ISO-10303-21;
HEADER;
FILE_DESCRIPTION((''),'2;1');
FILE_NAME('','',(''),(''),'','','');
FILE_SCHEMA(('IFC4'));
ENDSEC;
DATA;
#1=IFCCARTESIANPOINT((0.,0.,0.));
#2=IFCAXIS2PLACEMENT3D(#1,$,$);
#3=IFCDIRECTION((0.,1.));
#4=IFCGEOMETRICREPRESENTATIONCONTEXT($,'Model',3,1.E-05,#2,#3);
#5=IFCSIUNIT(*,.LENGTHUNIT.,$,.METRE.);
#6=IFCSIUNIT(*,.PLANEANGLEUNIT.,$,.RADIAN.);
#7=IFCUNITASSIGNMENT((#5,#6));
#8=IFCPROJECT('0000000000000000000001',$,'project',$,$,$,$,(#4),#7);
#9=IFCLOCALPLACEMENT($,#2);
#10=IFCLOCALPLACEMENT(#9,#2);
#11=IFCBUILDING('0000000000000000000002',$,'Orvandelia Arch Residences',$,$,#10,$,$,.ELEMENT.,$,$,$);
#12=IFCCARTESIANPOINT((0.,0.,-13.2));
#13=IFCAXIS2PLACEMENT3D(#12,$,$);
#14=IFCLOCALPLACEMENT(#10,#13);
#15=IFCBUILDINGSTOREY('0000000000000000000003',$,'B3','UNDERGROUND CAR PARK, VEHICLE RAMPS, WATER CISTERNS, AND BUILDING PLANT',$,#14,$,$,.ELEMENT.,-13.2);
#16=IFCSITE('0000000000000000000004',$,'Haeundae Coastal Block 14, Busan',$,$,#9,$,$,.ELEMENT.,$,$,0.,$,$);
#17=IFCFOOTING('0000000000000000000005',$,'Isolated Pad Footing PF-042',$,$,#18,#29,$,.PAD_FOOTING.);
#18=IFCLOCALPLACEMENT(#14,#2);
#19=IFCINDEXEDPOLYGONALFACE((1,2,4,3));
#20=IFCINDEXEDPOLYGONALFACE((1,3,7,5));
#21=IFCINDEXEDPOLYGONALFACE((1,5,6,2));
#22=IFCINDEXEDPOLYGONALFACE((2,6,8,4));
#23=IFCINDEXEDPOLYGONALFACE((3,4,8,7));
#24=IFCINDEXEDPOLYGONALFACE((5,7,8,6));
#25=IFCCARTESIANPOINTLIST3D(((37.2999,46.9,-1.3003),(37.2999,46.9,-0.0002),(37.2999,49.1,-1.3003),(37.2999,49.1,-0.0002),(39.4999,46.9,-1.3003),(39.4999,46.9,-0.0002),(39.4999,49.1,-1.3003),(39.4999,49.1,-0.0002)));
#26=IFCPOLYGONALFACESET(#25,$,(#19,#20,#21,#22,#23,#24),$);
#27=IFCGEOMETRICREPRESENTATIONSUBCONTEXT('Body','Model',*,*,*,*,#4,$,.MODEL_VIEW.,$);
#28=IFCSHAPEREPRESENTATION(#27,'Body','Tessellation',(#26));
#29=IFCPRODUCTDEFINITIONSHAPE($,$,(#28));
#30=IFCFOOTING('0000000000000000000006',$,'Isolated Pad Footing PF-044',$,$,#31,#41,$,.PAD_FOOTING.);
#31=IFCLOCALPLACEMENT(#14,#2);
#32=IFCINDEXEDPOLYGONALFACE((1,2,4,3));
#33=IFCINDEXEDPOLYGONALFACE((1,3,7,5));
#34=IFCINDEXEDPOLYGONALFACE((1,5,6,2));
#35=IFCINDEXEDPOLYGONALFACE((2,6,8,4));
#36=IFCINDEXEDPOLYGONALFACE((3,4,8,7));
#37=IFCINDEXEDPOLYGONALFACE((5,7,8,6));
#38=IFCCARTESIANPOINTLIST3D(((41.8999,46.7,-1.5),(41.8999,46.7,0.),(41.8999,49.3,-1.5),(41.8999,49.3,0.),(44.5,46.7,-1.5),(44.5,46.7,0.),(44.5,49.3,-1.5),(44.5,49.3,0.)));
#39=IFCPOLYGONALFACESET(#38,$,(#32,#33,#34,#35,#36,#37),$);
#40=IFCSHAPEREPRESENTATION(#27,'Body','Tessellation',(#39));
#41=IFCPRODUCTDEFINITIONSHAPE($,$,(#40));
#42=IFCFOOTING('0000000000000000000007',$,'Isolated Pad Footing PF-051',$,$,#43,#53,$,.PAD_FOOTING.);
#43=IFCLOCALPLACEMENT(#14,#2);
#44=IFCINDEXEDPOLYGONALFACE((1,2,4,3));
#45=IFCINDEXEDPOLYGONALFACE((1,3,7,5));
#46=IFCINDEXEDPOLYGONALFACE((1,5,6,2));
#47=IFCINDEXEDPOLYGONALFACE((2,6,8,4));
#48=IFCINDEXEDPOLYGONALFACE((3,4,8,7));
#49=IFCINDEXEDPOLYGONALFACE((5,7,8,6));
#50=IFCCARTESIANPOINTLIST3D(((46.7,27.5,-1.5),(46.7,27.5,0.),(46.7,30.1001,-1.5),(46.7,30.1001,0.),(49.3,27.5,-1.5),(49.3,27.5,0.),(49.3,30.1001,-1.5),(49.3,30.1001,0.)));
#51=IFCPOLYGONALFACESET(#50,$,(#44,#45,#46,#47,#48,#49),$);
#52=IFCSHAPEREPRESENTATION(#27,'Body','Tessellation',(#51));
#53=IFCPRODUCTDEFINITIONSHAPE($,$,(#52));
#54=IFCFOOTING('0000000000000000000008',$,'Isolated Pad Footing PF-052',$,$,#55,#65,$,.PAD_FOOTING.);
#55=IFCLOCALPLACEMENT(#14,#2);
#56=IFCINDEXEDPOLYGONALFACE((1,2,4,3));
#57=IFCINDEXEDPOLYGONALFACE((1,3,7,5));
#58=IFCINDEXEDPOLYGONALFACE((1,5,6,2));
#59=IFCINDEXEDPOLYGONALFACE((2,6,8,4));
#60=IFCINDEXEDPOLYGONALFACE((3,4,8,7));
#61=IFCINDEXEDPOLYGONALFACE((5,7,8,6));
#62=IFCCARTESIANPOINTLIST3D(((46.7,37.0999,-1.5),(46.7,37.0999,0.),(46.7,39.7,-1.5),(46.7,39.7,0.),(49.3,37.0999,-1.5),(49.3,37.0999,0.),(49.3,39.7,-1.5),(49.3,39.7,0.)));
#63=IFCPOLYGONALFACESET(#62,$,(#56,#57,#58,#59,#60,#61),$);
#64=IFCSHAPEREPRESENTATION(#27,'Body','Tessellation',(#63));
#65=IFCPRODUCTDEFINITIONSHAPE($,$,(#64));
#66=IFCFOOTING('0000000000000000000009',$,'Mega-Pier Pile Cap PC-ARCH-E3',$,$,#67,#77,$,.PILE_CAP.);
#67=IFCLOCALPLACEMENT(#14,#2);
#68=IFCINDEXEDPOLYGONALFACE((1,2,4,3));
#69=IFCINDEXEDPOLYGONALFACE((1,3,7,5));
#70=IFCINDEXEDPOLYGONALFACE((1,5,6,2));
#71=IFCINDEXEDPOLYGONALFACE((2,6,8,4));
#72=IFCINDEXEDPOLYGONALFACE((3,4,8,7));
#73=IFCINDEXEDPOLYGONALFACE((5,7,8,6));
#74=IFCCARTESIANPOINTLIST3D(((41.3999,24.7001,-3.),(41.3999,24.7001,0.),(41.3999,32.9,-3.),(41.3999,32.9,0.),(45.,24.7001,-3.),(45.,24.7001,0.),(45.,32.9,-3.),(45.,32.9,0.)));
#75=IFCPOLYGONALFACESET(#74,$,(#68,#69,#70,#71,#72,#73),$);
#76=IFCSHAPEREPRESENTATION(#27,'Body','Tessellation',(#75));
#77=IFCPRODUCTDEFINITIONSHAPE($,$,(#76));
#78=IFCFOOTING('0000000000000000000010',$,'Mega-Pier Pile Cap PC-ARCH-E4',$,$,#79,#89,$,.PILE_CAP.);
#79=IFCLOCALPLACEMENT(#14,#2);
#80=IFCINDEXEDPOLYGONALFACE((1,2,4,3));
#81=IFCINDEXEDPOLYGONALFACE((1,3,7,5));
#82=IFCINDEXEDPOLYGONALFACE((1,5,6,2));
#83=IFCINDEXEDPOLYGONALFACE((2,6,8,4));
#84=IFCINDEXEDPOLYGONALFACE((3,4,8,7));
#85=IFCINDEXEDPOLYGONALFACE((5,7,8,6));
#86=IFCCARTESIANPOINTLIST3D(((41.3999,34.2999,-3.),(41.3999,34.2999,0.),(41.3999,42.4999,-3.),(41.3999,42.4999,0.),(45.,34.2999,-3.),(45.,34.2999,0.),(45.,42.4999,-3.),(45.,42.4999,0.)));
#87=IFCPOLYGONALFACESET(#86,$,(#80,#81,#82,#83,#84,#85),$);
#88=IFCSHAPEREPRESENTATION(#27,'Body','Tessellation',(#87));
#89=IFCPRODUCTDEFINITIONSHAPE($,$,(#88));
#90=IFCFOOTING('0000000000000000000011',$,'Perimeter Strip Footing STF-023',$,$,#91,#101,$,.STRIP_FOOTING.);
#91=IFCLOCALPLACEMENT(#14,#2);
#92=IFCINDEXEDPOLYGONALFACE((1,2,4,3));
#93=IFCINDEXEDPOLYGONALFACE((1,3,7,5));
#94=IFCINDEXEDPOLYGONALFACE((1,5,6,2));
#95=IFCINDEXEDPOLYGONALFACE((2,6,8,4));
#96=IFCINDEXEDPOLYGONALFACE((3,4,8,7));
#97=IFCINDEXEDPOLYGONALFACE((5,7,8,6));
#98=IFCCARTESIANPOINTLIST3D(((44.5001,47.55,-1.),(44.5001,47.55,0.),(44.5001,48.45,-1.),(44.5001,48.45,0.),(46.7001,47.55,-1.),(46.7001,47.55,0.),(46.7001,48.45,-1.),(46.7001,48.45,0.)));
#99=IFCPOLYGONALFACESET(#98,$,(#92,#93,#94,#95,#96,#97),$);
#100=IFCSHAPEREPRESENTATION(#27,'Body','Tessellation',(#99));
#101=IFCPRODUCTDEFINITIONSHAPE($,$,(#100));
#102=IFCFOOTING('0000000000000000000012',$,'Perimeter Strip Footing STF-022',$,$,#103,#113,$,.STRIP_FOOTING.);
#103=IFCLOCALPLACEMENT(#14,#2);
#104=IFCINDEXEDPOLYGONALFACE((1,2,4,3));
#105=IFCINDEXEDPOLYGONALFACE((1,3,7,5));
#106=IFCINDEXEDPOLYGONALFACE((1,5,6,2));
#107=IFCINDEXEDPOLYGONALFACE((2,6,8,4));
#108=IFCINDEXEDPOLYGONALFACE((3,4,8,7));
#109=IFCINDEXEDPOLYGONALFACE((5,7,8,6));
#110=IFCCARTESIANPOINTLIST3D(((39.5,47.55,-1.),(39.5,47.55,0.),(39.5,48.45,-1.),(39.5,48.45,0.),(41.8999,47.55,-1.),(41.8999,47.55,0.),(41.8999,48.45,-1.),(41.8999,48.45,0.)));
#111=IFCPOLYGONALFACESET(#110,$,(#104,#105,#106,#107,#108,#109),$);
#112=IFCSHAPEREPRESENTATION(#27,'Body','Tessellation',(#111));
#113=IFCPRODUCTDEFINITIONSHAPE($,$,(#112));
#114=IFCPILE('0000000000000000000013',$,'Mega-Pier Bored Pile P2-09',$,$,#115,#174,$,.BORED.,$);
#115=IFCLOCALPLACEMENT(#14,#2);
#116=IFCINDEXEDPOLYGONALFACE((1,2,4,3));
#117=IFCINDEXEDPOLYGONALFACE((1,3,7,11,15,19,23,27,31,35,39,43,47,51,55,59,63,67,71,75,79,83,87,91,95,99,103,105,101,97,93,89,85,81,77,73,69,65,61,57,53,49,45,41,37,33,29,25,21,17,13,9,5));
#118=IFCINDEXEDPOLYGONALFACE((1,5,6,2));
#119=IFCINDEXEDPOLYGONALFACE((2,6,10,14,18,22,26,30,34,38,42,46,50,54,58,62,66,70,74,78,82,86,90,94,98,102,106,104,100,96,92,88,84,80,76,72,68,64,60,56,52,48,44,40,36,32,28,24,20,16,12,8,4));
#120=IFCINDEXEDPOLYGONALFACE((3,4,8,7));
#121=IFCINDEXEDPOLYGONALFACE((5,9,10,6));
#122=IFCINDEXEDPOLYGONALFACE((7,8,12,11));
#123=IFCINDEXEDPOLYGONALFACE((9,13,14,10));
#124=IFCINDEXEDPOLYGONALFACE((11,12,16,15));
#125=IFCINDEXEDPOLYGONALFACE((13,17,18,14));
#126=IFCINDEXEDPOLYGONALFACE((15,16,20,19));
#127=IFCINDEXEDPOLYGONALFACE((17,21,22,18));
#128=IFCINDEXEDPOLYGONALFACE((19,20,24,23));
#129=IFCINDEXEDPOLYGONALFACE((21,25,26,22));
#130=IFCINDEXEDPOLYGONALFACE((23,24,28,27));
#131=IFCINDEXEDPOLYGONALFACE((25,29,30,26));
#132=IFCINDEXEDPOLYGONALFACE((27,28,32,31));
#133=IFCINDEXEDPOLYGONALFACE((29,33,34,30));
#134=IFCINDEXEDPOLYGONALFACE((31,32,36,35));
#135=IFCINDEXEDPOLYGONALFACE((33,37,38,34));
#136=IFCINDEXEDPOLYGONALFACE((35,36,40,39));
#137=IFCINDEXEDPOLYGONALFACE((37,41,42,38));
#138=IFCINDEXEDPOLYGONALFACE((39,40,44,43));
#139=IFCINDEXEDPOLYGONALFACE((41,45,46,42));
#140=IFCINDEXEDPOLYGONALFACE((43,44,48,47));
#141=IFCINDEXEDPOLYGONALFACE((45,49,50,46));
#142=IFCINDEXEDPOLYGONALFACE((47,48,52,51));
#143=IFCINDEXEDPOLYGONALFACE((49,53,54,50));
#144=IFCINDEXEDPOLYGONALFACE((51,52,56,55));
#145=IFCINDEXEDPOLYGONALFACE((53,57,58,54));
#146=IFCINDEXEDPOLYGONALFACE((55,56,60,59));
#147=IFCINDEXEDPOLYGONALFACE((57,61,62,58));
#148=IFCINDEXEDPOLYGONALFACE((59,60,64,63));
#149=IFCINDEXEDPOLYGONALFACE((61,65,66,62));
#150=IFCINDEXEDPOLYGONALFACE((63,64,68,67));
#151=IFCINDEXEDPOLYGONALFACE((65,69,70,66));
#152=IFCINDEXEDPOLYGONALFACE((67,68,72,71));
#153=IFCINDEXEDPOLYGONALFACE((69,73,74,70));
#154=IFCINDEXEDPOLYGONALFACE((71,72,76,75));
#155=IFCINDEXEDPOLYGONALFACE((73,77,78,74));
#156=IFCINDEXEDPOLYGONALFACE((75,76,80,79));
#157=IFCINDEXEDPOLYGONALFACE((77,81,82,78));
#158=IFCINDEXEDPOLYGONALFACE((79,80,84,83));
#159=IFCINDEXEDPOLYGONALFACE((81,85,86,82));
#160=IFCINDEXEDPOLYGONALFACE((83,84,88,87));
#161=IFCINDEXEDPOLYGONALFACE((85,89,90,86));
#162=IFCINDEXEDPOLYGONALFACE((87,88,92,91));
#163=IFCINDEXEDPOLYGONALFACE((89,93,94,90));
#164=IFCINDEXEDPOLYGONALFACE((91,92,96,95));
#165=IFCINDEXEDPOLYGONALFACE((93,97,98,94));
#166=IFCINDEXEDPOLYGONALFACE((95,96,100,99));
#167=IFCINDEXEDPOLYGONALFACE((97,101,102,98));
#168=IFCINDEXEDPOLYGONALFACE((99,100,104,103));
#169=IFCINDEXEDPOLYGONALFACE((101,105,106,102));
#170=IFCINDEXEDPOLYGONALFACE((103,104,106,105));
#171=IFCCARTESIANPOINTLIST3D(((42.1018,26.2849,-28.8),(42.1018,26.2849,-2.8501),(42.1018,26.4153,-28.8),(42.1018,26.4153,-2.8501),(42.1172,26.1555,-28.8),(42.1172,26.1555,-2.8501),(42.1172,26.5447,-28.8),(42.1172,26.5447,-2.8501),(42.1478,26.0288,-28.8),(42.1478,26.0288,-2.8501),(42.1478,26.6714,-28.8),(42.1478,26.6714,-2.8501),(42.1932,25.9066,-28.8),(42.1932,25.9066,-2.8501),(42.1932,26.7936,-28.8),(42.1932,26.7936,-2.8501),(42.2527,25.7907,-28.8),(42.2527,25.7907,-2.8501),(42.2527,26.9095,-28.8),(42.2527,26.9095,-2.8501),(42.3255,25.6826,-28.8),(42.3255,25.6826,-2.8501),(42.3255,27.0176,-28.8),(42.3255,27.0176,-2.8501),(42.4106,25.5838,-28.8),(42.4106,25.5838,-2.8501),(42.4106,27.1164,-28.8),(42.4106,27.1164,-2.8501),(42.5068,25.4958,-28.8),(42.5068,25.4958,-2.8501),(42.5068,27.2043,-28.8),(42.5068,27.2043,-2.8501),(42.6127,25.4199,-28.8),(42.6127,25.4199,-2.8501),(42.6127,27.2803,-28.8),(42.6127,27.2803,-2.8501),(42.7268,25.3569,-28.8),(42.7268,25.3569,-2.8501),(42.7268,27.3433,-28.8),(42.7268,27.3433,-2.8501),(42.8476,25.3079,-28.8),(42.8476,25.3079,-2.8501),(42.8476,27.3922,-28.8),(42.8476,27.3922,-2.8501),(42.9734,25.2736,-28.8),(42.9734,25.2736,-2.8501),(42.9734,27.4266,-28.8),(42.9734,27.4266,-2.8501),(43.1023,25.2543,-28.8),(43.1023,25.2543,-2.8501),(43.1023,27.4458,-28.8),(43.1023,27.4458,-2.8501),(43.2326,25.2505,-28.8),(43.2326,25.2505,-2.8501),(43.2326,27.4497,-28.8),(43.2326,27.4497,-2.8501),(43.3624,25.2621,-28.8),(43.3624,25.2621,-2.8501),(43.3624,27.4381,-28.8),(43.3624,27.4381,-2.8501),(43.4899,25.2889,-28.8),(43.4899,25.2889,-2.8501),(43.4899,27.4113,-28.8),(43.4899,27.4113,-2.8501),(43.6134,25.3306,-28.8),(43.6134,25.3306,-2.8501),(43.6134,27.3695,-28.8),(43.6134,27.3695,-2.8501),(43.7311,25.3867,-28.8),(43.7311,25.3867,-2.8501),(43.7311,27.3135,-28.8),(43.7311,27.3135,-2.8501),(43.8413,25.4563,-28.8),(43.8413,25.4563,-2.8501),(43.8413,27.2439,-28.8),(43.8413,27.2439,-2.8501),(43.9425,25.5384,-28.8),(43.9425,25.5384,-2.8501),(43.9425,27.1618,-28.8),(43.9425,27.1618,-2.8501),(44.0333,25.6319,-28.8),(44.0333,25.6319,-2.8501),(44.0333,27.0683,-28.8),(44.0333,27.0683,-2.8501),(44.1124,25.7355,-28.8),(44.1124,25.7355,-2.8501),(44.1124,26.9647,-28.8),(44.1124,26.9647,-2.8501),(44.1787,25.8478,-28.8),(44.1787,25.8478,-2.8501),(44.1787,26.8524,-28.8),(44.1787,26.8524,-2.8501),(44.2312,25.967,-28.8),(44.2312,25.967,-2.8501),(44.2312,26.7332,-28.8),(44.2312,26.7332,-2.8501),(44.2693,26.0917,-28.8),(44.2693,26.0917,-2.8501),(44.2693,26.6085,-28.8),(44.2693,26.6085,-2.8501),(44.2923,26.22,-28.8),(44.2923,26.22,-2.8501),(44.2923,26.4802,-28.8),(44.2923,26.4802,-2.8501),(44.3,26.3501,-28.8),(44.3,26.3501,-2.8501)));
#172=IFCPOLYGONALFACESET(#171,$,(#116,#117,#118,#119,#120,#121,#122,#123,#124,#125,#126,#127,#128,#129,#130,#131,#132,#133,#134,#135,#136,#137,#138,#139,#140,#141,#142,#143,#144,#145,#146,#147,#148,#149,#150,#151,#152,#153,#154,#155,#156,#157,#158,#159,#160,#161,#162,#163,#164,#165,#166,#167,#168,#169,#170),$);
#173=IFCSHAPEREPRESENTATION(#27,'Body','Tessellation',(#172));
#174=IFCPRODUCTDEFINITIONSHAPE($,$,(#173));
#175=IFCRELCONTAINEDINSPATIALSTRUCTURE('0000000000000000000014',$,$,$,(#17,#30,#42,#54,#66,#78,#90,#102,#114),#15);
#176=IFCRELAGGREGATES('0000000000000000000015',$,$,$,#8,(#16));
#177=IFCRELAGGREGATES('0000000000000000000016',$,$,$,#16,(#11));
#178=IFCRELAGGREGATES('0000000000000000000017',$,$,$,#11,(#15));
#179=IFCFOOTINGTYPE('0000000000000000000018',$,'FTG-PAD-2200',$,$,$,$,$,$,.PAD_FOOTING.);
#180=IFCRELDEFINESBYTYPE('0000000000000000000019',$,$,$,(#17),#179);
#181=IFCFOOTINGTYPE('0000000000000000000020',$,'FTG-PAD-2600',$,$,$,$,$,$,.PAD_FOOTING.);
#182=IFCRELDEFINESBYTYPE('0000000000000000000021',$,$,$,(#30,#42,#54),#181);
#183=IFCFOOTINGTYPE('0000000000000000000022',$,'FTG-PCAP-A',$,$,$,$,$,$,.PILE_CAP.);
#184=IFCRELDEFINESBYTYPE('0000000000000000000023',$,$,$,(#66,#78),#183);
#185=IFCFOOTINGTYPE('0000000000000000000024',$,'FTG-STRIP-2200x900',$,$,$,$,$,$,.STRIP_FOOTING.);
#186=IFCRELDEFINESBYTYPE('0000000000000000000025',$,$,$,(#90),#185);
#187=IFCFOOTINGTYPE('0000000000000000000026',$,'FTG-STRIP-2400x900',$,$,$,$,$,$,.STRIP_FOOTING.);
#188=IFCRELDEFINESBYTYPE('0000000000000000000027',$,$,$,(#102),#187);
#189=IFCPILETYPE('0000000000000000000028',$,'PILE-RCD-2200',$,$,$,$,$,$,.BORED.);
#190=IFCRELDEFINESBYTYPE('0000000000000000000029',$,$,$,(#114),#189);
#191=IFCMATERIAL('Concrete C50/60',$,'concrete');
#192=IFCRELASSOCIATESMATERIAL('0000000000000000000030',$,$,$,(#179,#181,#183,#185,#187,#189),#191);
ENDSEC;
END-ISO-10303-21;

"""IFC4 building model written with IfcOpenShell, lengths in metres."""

from ifc_helpers import new_model, si_unit, direction, frame, origin, origin_2d, place, context, subcontext, project, spatial, rectangle, circle, extrude, material, material_profile, profile_set, type_object, element, save


model = new_model("IFC4")

# Units and contexts
model_context = context("Model", 3, precision=1e-05, world=origin(), true_north=direction((0.0, 1.0)))
body_context = subcontext(model_context, "Body", "Model", "MODEL_VIEW")
ifc_project = project(units=[si_unit("LENGTHUNIT", "METRE"), si_unit("PLANEANGLEUNIT", "RADIAN")], contexts=[model_context])

# Site, building, storey
site_placement = place(None, origin())
site = spatial("IfcSite", under=ifc_project, at=site_placement, Name="Haeundae Coastal Block 14, Busan", CompositionType="ELEMENT", RefElevation=0.0)
building_placement = place(site_placement, origin())
building = spatial("IfcBuilding", under=site, at=building_placement, Name="Orvandelia Arch Residences", CompositionType="ELEMENT")
storey_placement = place(building_placement, frame((0.0, 0.0, -13.2)))
storey = spatial("IfcBuildingStorey", under=building, at=storey_placement, Name="B3", Description="UNDERGROUND CAR PARK, VEHICLE RAMPS, WATER CISTERNS, AND BUILDING PLANT", CompositionType="ELEMENT", Elevation=-13.2)

# Footings
ifc_material_1 = material(Name="Concrete C50/60", Category="concrete")
footing_type_1 = type_object("IfcFootingType", Name="FTG-PAD-2200", PredefinedType="PAD_FOOTING", material=ifc_material_1)
footing_1_placement = place(storey_placement, frame((38.3999, 48.0, -1.3003), z_axis=(0.0, 0.0, 1.0), x_axis=(1.0, 0.0, 0.0)))
element("IfcFooting", 1, at=footing_1_placement, inside=storey, type_object=footing_type_1, Name="Isolated Pad Footing PF-042", PredefinedType="PAD_FOOTING", context=body_context, shape_type="SweptSolid", body=[
    extrude(rectangle(XDim=2.2, YDim=2.2, at=origin_2d()), origin(), (0.0, 0.0, 1.0), 1.3),
])
footing_type_2 = type_object("IfcFootingType", Name="FTG-PAD-2600", PredefinedType="PAD_FOOTING", material=ifc_material_1)
for number, where, z_axis, x_axis, name in (
    (2, (43.2, 48.0, -1.5), (0.0, 0.0, 1.0), (1.0, 0.0, 0.0), "Isolated Pad Footing PF-044"),
    (3, (48.0, 28.8, -1.5), (0.0, 0.0, 1.0), (1.0, 0.0, 0.0), "Isolated Pad Footing PF-051"),
    (4, (48.0, 38.3999, -1.5), (0.0, 0.0, 1.0), (1.0, 0.0, 0.0), "Isolated Pad Footing PF-052"),
):
    element("IfcFooting", number, at=place(storey_placement, frame(where, z_axis=z_axis, x_axis=x_axis)), inside=storey, type_object=footing_type_2, Name=name, PredefinedType="PAD_FOOTING", context=body_context, shape_type="SweptSolid", body=[
        extrude(rectangle(XDim=2.6001, YDim=2.6001, at=origin_2d()), origin(), (0.0, 0.0, 1.0), 1.5),
    ])
footing_type_3 = type_object("IfcFootingType", Name="FTG-PCAP-A", PredefinedType="PILE_CAP", material=ifc_material_1)
for number, where, z_axis, x_axis, name in (
    (5, (43.2, 28.8, -3.0), (0.0, 0.0, 1.0), (1.0, 0.0, 0.0), "Mega-Pier Pile Cap PC-ARCH-E3"),
    (6, (43.2, 38.3999, -3.0), (0.0, 0.0, 1.0), (1.0, 0.0, 0.0), "Mega-Pier Pile Cap PC-ARCH-E4"),
):
    element("IfcFooting", number, at=place(storey_placement, frame(where, z_axis=z_axis, x_axis=x_axis)), inside=storey, type_object=footing_type_3, Name=name, PredefinedType="PILE_CAP", context=body_context, shape_type="SweptSolid", body=[
        extrude(rectangle(XDim=3.6001, YDim=8.2, at=origin_2d()), origin(), (0.0, 0.0, 1.0), 3.0),
    ])
footing_type_4 = type_object("IfcFootingType", Name="FTG-STRIP-2200x900", PredefinedType="STRIP_FOOTING", material=ifc_material_1)
footing_2_placement = place(storey_placement, frame((45.6001, 48.0, -1.0), z_axis=(0.0, 0.0, 1.0), x_axis=(1.0, 0.0, 0.0)))
element("IfcFooting", 7, at=footing_2_placement, inside=storey, type_object=footing_type_4, Name="Perimeter Strip Footing STF-023", PredefinedType="STRIP_FOOTING", context=body_context, shape_type="SweptSolid", body=[
    extrude(rectangle(XDim=2.2, YDim=0.8999, at=origin_2d()), origin(), (0.0, 0.0, 1.0), 1.0),
])
footing_type_5 = type_object("IfcFootingType", Name="FTG-STRIP-2400x900", PredefinedType="STRIP_FOOTING", material=ifc_material_1)
footing_3_placement = place(storey_placement, frame((40.7, 48.0, -1.0), z_axis=(0.0, 0.0, 1.0), x_axis=(1.0, 0.0, 0.0)))
element("IfcFooting", 8, at=footing_3_placement, inside=storey, type_object=footing_type_5, Name="Perimeter Strip Footing STF-022", PredefinedType="STRIP_FOOTING", context=body_context, shape_type="SweptSolid", body=[
    extrude(rectangle(XDim=2.3999, YDim=0.8999, at=origin_2d()), origin(), (0.0, 0.0, 1.0), 1.0),
])

# Pile
ifc_material_profile_1 = material_profile(ifc_material_1, circle(Radius=1.1001, at=origin_2d()), Name="Concrete C50/60", Category="concrete")
ifc_profile_set_1 = profile_set([ifc_material_profile_1], Name="Concrete C50/60")
pile_type = type_object("IfcPileType", Name="PILE-RCD-2200", PredefinedType="BORED", material=ifc_profile_set_1)
for number, where, z_axis, x_axis, name in (
    (9, (43.2, 26.3501, -2.8501), (0.0, 0.0, -1.0), (1.0, 0.0, 0.0), "Mega-Pier Bored Pile P2-09"),
):
    element("IfcPile", number, at=place(storey_placement, frame(where, z_axis=z_axis, x_axis=x_axis)), inside=storey, type_object=pile_type, Name=name, PredefinedType="BORED", context=body_context, shape_type="SweptSolid", body=[
        extrude(circle(Radius=1.1001, at=origin_2d()), origin(), (0.0, 0.0, 1.0), 25.95),
    ])

save(model, "model.ifc")
